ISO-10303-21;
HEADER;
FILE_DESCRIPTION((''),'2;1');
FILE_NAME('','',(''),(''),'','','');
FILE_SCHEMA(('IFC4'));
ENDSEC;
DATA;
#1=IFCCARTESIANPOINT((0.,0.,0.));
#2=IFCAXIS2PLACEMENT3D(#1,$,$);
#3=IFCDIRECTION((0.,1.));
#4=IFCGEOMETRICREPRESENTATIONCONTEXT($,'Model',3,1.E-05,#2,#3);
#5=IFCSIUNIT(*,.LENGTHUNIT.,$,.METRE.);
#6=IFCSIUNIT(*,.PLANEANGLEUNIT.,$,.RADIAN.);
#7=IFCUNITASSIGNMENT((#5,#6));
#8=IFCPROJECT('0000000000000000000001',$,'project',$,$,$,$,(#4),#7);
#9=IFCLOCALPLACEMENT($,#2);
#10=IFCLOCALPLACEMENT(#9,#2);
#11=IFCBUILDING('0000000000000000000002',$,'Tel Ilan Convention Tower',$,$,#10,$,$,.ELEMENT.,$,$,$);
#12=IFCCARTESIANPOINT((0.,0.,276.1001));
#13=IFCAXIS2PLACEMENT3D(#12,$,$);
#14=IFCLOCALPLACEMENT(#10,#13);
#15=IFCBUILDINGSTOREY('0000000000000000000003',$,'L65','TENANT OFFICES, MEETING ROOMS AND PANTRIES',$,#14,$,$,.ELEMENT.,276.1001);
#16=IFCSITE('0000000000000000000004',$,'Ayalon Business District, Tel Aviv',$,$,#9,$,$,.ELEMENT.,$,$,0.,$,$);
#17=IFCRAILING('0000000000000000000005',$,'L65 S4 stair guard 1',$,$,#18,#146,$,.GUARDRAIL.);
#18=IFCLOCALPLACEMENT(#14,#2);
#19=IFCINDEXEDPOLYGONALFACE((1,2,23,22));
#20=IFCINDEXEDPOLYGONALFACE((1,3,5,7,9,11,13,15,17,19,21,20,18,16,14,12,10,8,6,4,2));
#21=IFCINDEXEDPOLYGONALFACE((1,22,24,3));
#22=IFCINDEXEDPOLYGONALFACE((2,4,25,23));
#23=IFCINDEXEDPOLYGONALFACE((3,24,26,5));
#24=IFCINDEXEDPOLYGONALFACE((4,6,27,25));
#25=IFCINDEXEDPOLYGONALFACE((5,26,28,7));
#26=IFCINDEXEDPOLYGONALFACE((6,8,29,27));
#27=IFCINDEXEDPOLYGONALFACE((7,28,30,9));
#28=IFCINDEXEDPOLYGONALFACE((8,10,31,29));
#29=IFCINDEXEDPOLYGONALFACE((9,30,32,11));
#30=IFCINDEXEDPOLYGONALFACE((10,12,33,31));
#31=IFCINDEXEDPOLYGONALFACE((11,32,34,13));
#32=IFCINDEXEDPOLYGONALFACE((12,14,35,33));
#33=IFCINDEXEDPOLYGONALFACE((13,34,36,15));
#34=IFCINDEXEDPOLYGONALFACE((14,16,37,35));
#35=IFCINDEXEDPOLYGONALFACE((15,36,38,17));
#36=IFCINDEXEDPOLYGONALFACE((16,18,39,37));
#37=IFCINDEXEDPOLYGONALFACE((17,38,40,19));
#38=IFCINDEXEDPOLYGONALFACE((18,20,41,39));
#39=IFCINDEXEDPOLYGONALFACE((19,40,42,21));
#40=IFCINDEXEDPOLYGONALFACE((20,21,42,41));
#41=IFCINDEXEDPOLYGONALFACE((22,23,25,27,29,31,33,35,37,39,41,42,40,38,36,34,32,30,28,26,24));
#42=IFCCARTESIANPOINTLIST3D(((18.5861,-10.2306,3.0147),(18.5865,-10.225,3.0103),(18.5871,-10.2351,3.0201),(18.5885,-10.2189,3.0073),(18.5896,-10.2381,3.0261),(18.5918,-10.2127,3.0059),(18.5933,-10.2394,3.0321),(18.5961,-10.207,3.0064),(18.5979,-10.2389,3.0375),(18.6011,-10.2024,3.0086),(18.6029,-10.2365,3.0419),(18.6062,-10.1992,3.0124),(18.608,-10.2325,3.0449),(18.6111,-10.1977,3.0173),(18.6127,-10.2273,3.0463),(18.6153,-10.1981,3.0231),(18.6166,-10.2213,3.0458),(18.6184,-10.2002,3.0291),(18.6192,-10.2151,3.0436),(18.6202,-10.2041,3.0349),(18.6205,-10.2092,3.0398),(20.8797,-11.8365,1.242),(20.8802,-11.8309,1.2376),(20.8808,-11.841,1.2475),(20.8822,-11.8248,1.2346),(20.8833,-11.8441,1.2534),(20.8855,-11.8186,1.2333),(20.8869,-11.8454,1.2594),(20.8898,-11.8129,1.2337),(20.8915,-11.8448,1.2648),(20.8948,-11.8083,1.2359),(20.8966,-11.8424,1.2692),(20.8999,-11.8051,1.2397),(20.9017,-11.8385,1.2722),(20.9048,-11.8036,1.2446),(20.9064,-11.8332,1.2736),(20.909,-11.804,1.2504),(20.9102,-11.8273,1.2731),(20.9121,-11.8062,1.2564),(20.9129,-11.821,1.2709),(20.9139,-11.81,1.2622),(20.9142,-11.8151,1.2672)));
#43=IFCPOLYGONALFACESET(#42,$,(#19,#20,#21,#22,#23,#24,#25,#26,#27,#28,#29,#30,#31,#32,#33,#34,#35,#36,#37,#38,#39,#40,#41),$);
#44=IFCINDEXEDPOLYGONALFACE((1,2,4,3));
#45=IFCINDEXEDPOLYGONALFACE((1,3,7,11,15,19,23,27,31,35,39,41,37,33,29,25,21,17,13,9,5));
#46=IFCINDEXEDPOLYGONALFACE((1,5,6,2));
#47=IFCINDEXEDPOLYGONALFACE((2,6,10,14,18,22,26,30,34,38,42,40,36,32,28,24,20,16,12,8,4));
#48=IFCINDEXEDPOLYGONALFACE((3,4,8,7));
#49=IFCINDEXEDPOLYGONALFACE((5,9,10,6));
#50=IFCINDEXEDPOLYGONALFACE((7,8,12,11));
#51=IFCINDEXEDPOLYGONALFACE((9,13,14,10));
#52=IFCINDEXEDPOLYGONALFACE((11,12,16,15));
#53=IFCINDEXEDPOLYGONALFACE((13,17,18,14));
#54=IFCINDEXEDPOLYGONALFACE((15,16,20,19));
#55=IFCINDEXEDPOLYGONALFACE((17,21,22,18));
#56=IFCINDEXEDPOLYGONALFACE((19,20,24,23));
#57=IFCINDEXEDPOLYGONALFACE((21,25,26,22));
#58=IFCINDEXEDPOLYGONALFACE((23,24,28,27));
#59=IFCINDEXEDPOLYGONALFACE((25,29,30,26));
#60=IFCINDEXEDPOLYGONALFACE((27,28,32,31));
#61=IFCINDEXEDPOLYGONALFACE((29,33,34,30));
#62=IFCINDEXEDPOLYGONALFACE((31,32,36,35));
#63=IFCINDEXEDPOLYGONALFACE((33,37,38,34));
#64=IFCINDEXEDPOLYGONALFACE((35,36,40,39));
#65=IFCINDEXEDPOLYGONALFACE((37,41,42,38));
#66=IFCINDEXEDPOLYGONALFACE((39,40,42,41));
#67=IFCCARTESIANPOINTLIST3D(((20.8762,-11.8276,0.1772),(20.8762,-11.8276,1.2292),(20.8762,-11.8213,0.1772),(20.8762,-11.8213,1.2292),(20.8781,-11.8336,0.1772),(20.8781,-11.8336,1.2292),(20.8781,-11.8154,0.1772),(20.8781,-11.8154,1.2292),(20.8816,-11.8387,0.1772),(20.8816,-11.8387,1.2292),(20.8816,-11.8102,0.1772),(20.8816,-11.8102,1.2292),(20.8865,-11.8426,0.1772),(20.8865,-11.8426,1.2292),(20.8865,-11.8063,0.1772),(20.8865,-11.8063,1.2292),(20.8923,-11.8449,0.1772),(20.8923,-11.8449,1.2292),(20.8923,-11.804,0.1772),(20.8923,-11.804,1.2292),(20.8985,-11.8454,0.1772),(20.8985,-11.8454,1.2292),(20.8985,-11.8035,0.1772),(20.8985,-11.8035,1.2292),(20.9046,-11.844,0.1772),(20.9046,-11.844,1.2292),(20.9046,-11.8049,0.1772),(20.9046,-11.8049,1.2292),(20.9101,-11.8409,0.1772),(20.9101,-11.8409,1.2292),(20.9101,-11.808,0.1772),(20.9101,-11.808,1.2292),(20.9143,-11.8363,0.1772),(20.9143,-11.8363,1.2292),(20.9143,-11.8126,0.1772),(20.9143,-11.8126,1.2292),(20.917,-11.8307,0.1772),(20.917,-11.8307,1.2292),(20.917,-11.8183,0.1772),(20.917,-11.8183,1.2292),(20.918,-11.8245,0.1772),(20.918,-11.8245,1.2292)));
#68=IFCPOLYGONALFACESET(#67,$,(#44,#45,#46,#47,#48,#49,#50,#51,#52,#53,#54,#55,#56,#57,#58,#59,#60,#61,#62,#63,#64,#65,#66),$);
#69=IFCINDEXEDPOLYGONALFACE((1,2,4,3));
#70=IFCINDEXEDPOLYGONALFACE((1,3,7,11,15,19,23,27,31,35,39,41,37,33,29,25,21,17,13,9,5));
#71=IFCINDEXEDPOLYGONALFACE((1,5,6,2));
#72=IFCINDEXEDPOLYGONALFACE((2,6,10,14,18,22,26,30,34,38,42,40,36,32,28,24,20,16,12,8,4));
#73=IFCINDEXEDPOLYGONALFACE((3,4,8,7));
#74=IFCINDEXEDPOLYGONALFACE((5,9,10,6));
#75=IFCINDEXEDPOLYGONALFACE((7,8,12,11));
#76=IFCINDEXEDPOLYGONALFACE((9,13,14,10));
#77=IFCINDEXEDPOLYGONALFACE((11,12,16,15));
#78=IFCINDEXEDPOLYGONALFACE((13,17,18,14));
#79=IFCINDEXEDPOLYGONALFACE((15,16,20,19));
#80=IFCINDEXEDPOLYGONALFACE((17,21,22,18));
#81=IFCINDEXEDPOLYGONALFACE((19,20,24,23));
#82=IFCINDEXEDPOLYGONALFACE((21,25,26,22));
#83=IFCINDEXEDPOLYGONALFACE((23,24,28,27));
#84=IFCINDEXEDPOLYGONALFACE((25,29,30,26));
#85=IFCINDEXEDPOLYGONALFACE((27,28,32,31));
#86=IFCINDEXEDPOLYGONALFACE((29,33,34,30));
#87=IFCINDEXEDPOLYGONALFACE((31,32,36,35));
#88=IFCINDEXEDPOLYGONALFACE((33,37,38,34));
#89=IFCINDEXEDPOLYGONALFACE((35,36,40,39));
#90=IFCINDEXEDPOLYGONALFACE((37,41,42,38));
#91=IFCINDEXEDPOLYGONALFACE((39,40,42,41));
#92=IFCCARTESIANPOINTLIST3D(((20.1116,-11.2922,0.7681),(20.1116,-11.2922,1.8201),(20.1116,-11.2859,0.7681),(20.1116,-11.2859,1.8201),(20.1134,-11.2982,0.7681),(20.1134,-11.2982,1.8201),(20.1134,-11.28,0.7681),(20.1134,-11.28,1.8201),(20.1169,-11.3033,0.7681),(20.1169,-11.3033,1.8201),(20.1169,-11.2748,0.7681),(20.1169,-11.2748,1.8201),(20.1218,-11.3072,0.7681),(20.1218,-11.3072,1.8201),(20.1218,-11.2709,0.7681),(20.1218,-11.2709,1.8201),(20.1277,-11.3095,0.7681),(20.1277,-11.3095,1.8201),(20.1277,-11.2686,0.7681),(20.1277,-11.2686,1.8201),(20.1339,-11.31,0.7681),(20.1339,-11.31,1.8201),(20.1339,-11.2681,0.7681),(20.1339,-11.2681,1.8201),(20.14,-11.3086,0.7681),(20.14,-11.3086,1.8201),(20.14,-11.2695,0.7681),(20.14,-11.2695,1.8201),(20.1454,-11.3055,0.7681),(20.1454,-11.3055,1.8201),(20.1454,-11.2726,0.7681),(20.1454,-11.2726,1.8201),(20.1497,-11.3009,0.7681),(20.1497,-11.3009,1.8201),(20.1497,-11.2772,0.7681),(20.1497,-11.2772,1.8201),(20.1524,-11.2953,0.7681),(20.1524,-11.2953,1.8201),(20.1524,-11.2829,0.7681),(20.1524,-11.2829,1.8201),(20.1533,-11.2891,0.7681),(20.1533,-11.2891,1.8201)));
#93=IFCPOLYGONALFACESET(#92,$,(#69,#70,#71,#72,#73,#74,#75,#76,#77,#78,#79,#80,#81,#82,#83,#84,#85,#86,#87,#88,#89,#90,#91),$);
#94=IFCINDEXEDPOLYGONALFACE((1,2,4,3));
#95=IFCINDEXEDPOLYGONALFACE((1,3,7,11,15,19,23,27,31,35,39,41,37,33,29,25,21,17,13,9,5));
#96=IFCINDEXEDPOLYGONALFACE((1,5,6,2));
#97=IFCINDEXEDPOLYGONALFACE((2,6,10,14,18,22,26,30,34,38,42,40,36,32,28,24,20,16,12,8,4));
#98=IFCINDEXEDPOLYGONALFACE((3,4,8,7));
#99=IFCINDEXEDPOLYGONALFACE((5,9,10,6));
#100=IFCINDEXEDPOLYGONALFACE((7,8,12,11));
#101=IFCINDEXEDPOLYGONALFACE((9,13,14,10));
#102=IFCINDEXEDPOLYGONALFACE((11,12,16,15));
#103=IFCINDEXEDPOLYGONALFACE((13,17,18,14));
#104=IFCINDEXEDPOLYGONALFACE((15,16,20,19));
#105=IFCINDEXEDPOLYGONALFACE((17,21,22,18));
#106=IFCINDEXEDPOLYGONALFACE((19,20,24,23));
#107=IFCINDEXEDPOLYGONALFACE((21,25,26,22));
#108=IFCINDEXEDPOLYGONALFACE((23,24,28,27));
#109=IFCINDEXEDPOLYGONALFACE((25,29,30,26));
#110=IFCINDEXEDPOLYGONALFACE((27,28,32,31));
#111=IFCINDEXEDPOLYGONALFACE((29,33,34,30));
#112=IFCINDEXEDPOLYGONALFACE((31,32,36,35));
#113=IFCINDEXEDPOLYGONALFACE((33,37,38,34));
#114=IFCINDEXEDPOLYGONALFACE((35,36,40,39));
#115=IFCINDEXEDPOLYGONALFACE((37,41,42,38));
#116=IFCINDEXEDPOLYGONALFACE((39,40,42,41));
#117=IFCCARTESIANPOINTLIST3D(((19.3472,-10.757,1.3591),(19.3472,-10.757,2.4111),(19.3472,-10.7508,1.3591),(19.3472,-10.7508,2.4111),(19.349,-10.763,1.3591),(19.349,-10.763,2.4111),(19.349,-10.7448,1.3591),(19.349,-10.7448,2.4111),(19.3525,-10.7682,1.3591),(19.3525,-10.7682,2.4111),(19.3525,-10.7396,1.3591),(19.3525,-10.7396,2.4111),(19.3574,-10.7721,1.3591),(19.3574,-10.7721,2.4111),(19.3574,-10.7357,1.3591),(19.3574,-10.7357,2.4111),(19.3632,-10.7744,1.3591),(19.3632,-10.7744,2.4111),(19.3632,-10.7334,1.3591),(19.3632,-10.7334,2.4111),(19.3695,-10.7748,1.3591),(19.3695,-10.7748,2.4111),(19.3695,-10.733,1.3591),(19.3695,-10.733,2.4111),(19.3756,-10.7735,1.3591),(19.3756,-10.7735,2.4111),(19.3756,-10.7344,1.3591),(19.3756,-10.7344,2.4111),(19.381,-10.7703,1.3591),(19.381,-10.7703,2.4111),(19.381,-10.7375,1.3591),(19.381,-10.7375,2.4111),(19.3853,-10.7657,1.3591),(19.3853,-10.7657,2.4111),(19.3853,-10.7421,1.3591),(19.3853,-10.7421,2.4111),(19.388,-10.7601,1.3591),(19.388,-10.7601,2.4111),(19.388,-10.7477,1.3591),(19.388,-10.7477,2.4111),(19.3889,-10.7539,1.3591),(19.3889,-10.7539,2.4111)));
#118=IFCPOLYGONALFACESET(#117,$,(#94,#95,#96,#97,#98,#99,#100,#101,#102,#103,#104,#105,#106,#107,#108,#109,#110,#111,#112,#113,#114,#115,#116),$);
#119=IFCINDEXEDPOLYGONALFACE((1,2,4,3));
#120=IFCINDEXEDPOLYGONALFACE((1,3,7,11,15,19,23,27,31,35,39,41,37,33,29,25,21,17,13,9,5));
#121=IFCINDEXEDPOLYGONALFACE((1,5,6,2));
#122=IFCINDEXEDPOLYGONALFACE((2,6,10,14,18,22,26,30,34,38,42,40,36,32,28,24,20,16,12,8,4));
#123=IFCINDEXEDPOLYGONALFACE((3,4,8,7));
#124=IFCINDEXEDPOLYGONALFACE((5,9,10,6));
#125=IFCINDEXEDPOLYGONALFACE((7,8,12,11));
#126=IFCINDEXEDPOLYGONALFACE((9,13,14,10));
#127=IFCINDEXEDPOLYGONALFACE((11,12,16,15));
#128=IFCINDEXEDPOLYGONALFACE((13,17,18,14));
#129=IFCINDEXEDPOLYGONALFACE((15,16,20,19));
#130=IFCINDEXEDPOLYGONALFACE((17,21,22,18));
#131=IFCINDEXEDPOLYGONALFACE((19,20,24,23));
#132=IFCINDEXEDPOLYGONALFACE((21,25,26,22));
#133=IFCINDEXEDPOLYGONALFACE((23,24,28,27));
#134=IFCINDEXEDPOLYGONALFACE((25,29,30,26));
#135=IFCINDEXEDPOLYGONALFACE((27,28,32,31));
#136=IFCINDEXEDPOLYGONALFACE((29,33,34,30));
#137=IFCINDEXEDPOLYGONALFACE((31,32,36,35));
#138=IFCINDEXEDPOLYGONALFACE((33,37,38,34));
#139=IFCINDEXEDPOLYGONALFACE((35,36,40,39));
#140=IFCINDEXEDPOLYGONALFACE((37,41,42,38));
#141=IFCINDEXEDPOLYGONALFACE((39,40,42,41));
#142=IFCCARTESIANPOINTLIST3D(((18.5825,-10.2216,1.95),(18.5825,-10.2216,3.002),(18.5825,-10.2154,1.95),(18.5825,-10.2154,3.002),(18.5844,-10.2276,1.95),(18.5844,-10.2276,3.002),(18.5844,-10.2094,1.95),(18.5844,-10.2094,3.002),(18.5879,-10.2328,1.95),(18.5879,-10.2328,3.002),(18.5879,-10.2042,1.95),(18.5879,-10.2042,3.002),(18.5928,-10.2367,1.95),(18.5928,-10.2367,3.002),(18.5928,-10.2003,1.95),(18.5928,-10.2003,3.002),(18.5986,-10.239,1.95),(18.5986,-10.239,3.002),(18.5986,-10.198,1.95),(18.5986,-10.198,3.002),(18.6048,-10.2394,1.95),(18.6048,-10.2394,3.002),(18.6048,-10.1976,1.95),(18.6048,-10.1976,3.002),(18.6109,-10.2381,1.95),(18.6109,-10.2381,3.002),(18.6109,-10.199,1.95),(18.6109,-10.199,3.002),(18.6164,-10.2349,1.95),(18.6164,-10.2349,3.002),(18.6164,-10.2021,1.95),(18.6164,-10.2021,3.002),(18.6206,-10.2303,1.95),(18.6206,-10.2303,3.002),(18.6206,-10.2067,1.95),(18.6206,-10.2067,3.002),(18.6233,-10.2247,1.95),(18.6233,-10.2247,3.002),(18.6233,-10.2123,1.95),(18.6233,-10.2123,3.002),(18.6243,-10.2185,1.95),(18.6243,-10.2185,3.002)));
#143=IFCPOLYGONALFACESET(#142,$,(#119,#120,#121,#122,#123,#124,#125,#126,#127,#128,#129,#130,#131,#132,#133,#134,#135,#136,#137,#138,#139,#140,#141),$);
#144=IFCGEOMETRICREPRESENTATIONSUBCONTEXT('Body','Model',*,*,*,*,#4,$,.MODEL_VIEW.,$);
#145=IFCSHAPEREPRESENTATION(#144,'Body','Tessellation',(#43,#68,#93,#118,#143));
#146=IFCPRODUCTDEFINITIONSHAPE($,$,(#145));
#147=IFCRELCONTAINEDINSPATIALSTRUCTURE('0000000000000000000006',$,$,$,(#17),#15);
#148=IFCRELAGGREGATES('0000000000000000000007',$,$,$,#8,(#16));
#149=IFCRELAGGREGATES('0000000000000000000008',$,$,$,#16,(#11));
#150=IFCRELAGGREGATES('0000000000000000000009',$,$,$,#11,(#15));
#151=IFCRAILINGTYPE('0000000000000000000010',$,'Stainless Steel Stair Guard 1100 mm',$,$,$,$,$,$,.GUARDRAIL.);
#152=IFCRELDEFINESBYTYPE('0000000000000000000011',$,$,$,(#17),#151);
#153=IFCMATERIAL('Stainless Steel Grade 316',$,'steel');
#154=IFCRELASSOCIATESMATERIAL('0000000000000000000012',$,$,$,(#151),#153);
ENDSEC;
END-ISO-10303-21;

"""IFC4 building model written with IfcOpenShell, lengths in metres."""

from ifc_helpers import new_model, si_unit, direction, frame, origin, origin_2d, place, context, subcontext, project, spatial, circle, extrude, material, type_object, element, save


model = new_model("IFC4")

# Units and contexts
model_context = context("Model", 3, precision=1e-05, world=origin(), true_north=direction((0.0, 1.0)))
body_context = subcontext(model_context, "Body", "Model", "MODEL_VIEW")
ifc_project = project(units=[si_unit("LENGTHUNIT", "METRE"), si_unit("PLANEANGLEUNIT", "RADIAN")], contexts=[model_context])

# Site, building, storey
site_placement = place(None, origin())
site = spatial("IfcSite", under=ifc_project, at=site_placement, Name="Ayalon Business District, Tel Aviv", CompositionType="ELEMENT", RefElevation=0.0)
building_placement = place(site_placement, origin())
building = spatial("IfcBuilding", under=site, at=building_placement, Name="Tel Ilan Convention Tower", CompositionType="ELEMENT")
storey_placement = place(building_placement, frame((0.0, 0.0, 276.1001)))
storey = spatial("IfcBuildingStorey", under=building, at=storey_placement, Name="L65", Description="TENANT OFFICES, MEETING ROOMS AND PANTRIES", CompositionType="ELEMENT", Elevation=276.1001)

# Railing
ifc_material_1 = material(Name="Stainless Steel Grade 316", Category="steel")
railing_type = type_object("IfcRailingType", Name="Stainless Steel Stair Guard 1100 mm", PredefinedType="GUARDRAIL", material=ifc_material_1)
railing_1_placement = place(storey_placement, frame((20.897, -11.8245, 0.1772)))
element("IfcRailing", 1, at=railing_1_placement, inside=storey, type_object=railing_type, Name="L65 S4 stair guard 1", PredefinedType="GUARDRAIL", context=body_context, shape_type="SweptSolid", body=[
    extrude(circle(Radius=0.0239, at=origin_2d()), frame((0.0, 0.0, 1.0762), z_axis=(-0.692123, 0.484597, 0.534913), x_axis=(-0.57355, -0.81917, 0.0)), (0.0, 0.0, 1.0), 3.314),
    extrude(circle(Radius=0.021, at=origin_2d()), origin(), (0.0, 0.0, 1.0), 1.052),
    extrude(circle(Radius=0.021, at=origin_2d()), frame((-0.7646, 0.5354, 0.5908)), (0.0, 0.0, 1.0), 1.052),
    extrude(circle(Radius=0.021, at=origin_2d()), frame((-1.5291, 1.0706, 1.1819)), (0.0, 0.0, 1.0), 1.052),
    extrude(circle(Radius=0.021, at=origin_2d()), frame((-2.2937, 1.606, 1.7727)), (0.0, 0.0, 1.0), 1.052),
])

save(model, "model.ifc")
